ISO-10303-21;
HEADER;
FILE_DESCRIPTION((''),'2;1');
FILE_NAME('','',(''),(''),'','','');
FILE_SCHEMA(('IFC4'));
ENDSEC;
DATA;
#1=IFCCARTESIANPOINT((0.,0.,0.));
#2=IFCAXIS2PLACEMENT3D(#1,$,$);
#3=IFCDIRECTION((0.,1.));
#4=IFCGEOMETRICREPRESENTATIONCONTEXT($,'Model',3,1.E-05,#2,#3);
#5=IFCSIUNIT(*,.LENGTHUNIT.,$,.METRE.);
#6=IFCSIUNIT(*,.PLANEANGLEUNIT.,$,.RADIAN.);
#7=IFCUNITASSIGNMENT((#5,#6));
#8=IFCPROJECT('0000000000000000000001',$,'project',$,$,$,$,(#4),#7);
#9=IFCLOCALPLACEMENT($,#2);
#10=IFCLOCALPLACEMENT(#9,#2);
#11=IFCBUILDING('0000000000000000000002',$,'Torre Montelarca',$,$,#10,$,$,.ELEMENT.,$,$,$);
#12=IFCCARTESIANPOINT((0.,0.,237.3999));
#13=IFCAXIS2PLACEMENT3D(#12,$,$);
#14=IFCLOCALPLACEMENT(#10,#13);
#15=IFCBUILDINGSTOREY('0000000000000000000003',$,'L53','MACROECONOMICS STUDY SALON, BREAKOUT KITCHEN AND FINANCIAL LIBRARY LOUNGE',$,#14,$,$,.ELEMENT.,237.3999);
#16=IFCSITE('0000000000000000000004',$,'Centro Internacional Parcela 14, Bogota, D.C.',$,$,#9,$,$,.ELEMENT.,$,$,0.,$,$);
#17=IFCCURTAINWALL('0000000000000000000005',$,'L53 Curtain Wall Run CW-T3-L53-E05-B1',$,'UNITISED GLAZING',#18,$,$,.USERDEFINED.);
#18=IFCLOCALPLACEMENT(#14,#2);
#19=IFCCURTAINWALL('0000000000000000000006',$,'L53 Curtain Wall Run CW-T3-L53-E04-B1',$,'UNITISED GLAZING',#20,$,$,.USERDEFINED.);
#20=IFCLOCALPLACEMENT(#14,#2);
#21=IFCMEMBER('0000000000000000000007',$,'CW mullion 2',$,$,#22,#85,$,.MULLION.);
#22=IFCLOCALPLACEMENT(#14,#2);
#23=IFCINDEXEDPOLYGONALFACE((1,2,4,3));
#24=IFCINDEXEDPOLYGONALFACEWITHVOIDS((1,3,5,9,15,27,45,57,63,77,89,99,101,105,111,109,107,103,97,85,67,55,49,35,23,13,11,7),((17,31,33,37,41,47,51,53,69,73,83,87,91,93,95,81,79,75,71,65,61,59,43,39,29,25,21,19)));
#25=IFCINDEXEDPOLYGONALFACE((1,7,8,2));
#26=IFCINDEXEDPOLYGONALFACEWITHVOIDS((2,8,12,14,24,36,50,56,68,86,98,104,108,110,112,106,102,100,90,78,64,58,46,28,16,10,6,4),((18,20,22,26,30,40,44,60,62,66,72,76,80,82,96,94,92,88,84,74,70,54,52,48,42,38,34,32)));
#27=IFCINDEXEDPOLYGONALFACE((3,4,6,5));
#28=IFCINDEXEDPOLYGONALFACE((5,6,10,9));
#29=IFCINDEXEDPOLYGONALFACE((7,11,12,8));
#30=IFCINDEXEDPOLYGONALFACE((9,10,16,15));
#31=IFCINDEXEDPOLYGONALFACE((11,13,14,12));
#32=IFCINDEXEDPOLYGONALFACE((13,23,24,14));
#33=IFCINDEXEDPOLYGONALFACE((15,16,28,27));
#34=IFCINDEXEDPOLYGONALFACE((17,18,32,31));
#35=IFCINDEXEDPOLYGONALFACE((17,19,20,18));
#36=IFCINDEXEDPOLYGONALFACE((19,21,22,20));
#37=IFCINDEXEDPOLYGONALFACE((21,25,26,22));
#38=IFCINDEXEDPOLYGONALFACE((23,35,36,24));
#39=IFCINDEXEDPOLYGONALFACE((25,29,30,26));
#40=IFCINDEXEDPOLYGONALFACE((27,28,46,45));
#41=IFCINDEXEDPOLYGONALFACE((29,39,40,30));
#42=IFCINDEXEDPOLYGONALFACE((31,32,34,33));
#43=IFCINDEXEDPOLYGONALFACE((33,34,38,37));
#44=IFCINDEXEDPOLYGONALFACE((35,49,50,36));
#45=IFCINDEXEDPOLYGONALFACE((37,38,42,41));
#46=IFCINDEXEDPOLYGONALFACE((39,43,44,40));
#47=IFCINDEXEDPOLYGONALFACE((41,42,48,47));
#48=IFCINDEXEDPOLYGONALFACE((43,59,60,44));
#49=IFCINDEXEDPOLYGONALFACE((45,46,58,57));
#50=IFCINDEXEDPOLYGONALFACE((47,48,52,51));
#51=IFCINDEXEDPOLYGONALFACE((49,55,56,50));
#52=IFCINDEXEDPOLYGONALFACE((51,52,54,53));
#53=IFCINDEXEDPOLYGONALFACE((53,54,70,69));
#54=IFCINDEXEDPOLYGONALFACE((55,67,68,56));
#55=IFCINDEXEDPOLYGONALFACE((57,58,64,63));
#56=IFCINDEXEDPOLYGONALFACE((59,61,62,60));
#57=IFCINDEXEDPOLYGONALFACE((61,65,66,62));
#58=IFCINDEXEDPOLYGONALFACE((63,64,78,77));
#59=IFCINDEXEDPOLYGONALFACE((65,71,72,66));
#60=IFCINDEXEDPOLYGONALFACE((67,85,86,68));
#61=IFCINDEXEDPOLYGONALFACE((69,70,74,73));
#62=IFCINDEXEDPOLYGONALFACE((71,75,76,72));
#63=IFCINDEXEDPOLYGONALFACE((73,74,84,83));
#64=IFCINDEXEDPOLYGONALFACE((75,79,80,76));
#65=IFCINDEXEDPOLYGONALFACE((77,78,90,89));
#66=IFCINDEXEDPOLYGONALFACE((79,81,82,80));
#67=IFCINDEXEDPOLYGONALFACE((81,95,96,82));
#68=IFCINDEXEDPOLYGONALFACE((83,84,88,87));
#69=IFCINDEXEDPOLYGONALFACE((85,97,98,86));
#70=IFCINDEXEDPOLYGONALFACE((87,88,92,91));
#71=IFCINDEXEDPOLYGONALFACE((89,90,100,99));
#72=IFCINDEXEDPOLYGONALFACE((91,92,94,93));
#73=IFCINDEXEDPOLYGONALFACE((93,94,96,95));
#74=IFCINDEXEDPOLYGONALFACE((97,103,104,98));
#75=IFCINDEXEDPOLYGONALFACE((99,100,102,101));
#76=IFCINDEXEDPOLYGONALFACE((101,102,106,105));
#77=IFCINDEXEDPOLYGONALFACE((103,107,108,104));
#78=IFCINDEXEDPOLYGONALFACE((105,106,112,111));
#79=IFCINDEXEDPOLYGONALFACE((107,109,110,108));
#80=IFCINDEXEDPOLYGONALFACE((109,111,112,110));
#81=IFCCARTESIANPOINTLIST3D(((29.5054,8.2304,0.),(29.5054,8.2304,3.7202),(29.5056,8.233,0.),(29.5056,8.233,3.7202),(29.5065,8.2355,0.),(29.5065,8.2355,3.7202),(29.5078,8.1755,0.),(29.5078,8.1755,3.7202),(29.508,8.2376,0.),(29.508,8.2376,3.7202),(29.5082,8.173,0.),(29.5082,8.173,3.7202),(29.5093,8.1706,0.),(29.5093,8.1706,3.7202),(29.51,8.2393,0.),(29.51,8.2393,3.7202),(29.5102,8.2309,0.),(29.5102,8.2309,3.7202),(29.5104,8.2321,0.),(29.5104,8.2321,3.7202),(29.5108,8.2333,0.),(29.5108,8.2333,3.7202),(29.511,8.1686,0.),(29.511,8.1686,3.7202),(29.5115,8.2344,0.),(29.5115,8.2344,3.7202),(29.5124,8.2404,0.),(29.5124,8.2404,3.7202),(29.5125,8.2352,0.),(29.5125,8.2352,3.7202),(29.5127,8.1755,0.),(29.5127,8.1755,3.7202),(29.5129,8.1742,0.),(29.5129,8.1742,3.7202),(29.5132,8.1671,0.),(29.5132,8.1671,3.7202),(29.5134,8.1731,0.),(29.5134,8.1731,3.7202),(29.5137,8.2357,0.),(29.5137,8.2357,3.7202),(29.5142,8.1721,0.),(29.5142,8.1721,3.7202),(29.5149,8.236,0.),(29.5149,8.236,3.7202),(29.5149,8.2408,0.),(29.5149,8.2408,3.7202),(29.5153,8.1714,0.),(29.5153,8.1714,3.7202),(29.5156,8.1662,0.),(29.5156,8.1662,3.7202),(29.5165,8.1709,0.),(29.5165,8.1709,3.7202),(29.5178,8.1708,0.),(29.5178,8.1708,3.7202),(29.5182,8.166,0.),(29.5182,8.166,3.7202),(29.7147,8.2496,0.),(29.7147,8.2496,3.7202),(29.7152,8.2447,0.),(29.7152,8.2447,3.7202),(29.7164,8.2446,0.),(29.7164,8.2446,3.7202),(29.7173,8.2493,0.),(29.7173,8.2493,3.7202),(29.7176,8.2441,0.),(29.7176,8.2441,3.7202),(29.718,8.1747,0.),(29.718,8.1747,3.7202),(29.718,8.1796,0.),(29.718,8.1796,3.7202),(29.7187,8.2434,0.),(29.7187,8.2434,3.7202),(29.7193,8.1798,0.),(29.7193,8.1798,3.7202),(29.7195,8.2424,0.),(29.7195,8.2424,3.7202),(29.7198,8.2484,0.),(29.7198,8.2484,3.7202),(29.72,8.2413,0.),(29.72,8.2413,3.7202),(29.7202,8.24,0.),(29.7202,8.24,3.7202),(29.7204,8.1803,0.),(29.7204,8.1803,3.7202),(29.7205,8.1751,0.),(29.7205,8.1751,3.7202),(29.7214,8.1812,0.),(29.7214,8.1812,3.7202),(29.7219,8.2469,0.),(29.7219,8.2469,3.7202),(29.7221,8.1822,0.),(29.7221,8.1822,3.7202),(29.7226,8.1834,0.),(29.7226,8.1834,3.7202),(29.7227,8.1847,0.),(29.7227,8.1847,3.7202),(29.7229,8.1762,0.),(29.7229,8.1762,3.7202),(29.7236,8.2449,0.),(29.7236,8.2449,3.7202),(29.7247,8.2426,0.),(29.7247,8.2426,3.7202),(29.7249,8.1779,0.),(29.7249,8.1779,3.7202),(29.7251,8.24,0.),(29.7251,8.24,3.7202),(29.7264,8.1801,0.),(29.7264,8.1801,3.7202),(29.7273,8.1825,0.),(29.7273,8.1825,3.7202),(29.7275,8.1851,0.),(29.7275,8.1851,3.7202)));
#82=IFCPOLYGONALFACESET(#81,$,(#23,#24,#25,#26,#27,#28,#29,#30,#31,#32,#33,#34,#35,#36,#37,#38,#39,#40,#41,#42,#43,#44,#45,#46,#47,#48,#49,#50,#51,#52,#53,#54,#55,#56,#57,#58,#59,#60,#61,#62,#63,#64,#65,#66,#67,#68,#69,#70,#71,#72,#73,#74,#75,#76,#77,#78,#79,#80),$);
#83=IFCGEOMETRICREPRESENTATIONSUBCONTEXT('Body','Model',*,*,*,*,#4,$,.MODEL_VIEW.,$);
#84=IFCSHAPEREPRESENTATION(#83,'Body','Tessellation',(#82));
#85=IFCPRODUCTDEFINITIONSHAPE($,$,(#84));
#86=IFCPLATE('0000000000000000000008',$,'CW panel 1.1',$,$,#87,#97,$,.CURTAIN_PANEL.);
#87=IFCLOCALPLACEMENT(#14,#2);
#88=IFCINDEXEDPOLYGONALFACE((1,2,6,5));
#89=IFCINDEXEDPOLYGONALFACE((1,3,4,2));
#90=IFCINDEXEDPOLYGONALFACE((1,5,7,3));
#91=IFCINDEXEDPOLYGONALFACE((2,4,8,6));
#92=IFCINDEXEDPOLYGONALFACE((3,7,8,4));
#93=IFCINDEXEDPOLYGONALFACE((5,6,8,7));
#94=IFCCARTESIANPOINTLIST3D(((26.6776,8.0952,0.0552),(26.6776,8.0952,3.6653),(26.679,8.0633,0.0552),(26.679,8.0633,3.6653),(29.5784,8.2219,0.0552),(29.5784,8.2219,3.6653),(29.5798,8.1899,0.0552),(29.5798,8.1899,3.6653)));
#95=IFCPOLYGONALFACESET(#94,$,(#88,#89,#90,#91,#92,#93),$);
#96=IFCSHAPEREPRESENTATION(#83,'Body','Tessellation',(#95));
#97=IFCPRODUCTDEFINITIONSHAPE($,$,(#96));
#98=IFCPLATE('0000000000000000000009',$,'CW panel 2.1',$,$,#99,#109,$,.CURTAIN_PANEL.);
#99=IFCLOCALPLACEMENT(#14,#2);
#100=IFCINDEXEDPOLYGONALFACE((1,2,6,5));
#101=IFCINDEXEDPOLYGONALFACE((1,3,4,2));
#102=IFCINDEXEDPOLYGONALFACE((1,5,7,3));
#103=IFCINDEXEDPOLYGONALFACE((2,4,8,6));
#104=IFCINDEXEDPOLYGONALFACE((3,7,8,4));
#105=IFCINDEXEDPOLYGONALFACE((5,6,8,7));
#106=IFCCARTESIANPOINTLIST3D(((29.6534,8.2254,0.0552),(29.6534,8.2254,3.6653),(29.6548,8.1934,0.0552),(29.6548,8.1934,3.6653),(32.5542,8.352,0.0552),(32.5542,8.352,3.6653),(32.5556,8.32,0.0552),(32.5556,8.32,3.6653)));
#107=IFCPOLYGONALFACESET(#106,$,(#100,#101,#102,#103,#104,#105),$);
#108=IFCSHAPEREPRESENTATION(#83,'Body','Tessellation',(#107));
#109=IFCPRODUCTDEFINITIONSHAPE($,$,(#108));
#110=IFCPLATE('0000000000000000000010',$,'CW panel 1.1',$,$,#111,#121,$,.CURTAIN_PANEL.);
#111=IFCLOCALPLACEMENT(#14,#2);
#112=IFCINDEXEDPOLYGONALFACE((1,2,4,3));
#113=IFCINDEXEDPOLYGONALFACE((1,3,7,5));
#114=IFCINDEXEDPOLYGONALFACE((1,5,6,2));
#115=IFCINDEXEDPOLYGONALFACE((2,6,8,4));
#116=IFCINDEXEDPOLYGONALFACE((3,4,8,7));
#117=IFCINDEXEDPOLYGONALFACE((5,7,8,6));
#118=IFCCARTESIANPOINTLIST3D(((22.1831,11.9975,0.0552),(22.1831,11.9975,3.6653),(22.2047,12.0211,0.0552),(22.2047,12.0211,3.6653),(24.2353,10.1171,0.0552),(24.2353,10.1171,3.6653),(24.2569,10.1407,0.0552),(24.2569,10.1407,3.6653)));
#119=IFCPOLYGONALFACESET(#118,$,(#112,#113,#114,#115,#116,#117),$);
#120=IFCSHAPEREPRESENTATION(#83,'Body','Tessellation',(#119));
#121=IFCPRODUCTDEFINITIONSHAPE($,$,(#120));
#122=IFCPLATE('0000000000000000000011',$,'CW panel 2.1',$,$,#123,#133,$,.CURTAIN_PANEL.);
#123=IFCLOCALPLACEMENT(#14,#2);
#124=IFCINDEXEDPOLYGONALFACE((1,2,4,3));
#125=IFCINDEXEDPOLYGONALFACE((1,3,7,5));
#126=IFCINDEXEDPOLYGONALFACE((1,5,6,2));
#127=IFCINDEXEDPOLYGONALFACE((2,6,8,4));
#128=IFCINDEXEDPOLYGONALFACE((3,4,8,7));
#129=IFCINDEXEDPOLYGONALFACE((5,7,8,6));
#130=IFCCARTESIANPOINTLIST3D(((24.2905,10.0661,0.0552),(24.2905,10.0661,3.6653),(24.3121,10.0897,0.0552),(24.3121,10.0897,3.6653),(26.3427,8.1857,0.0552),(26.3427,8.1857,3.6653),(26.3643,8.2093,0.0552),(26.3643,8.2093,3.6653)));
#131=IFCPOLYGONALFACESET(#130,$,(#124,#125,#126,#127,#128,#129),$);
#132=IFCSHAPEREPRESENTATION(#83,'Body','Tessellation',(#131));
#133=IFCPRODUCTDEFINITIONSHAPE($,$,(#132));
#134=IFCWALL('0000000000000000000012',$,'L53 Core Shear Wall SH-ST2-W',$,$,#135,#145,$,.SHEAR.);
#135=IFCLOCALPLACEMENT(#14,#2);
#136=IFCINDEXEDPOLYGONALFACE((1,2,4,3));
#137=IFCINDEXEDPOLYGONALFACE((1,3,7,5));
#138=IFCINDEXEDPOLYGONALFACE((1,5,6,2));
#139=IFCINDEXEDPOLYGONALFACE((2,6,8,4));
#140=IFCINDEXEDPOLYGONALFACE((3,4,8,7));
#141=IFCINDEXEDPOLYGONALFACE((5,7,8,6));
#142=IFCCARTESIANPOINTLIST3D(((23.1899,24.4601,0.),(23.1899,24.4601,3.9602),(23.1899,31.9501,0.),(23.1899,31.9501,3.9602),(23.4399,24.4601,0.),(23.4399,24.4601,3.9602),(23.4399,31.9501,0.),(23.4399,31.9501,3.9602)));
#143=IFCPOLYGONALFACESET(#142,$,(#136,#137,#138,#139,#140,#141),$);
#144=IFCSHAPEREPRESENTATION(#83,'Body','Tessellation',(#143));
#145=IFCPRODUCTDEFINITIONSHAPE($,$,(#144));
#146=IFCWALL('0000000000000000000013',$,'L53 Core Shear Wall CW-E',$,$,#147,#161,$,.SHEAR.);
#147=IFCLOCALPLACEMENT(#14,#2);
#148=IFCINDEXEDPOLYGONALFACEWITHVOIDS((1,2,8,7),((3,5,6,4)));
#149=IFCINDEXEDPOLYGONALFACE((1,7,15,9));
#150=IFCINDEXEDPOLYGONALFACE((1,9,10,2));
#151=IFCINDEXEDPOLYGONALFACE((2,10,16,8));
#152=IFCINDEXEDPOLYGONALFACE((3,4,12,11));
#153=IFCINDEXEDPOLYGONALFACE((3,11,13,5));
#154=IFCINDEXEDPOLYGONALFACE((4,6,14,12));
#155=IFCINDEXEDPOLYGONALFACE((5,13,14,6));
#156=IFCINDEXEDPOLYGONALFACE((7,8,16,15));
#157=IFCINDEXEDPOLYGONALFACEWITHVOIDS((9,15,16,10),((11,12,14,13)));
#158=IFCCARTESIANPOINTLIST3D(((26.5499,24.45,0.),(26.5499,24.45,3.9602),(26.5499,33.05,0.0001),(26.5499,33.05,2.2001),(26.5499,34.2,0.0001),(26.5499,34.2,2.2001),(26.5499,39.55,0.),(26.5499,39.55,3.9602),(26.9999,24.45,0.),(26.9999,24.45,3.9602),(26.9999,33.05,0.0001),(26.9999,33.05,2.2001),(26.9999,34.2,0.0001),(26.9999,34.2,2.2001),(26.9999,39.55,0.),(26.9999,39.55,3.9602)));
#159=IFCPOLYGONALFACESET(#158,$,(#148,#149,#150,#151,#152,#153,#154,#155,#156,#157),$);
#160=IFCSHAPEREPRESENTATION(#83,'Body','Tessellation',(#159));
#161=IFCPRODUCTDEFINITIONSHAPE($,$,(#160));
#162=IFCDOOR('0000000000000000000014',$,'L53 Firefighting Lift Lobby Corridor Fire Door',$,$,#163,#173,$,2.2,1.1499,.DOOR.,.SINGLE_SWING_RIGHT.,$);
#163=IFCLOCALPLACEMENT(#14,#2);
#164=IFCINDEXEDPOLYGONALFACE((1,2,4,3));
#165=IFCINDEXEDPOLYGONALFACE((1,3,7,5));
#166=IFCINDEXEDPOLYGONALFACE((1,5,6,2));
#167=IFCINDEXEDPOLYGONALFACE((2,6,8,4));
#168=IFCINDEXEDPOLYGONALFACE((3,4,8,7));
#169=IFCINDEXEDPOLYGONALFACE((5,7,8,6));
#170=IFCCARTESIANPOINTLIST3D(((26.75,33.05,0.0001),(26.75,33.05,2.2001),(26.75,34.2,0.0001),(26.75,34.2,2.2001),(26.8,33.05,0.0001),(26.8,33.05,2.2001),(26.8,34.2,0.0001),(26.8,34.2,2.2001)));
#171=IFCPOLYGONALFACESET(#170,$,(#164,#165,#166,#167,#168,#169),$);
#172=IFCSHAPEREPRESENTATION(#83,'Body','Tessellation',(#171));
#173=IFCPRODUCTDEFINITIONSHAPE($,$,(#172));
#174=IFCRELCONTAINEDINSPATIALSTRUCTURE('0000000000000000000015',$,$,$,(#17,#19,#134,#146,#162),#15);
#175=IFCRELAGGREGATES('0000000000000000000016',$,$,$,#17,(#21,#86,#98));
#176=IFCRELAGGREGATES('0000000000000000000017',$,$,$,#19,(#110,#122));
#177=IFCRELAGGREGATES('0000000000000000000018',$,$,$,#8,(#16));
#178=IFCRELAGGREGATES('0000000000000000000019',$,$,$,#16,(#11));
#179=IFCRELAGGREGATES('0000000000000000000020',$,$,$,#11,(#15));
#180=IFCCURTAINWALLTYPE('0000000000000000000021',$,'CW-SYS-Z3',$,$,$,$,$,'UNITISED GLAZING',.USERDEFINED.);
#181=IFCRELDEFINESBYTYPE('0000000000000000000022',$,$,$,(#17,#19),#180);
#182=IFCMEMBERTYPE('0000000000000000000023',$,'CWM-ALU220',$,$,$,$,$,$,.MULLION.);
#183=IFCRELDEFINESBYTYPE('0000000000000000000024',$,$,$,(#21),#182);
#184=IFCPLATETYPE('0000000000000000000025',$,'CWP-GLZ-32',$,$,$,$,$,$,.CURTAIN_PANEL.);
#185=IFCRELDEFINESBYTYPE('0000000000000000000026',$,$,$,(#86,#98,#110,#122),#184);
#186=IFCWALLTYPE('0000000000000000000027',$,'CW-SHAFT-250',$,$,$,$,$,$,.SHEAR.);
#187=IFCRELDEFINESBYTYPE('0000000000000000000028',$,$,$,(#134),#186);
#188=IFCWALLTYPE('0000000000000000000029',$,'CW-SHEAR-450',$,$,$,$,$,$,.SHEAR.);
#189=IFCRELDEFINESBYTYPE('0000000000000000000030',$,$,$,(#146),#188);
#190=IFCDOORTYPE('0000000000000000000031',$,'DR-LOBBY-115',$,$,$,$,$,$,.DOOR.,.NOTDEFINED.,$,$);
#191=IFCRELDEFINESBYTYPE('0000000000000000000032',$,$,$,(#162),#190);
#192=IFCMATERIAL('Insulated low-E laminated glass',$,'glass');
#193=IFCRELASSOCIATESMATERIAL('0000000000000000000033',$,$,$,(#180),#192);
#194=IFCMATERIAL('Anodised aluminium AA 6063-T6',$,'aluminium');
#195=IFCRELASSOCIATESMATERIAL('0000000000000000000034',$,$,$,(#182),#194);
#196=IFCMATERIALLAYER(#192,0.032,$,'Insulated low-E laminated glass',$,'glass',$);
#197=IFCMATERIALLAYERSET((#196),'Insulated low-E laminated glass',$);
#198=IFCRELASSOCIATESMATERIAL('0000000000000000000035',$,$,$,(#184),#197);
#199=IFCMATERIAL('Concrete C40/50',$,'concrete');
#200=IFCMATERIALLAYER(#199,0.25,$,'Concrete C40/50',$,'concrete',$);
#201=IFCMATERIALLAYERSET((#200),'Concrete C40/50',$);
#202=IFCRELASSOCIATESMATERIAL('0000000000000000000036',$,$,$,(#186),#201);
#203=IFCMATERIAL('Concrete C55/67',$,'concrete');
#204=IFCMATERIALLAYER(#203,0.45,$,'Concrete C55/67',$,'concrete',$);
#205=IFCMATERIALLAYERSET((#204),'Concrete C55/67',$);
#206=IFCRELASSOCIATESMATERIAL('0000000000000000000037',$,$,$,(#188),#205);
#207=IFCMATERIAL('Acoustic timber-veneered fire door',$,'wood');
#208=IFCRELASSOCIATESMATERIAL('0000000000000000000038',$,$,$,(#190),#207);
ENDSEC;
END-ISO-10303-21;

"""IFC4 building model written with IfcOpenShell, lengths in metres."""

from ifc_helpers import new_model, si_unit, direction, frame, frame_2d, origin, origin_2d, place, context, subcontext, project, spatial, rectangle, hollow_rectangle, extrude, source, transform, mapped, material, layer, layer_set, material_profile, profile_set, type_object, element, fill, aggregate, save


model = new_model("IFC4")

# Units and contexts
model_context = context("Model", 3, precision=1e-05, world=origin(), true_north=direction((0.0, 1.0)))
body_context = subcontext(model_context, "Body", "Model", "MODEL_VIEW")
ifc_project = project(units=[si_unit("LENGTHUNIT", "METRE"), si_unit("PLANEANGLEUNIT", "RADIAN")], contexts=[model_context])

# Site, building, storey
site_placement = place(None, origin())
site = spatial("IfcSite", under=ifc_project, at=site_placement, Name="Centro Internacional Parcela 14, Bogota, D.C.", CompositionType="ELEMENT", RefElevation=0.0)
building_placement = place(site_placement, origin())
building = spatial("IfcBuilding", under=site, at=building_placement, Name="Torre Montelarca", CompositionType="ELEMENT")
storey_placement = place(building_placement, frame((0.0, 0.0, 237.3999)))
storey = spatial("IfcBuildingStorey", under=building, at=storey_placement, Name="L53", Description="MACROECONOMICS STUDY SALON, BREAKOUT KITCHEN AND FINANCIAL LIBRARY LOUNGE", CompositionType="ELEMENT", Elevation=237.3999)

# Shared definitions
ifc_material_1 = material(Name="Concrete C55/67", Category="concrete")

# Curtain walls
ifc_material_2 = material(Name="Insulated low-E laminated glass", Category="glass")
curtain_wall_type = type_object("IfcCurtainWallType", Name="CW-SYS-Z3", ElementType="UNITISED GLAZING", PredefinedType="USERDEFINED", material=ifc_material_2)
curtain_wall_1_placement = place(storey_placement, origin())
curtain_wall_1 = element("IfcCurtainWall", 1, at=curtain_wall_1_placement, inside=storey, type_object=curtain_wall_type, Name="L53 Curtain Wall Run CW-T3-L53-E05-B1", ObjectType="UNITISED GLAZING", PredefinedType="USERDEFINED")
ifc_material_3 = material(Name="Anodised aluminium AA 6063-T6", Category="aluminium")
curtain_wall_2_placement = place(storey_placement, origin())
curtain_wall_2 = element("IfcCurtainWall", 2, at=curtain_wall_2_placement, inside=storey, type_object=curtain_wall_type, Name="L53 Curtain Wall Run CW-T3-L53-E04-B1", ObjectType="UNITISED GLAZING", PredefinedType="USERDEFINED")

# Shared definitions
ifc_material_profile_1 = material_profile(ifc_material_3, hollow_rectangle(XDim=0.075, YDim=0.22, WallThickness=0.0049, InnerFilletRadius=0.0049, OuterFilletRadius=0.01, at=origin_2d()), Name="ALU75X220X5", Category="aluminium")
ifc_profile_set_1 = profile_set([ifc_material_profile_1], Name="Anodised aluminium AA 6063-T6")
member_type_1 = type_object("IfcMemberType", Name="CWM-ALU220", PredefinedType="MULLION", material=ifc_profile_set_1)
shared_shape_1 = source(origin(), body_context, "Body", "SweptSolid", [
    extrude(hollow_rectangle(XDim=0.075, YDim=0.22, WallThickness=0.0049, InnerFilletRadius=0.0049, OuterFilletRadius=0.01, at=origin_2d()), origin(), (0.0, 0.0, 1.0), 3.7202),
])

# Member
member_1_placement = place(storey_placement, frame((29.6165, 8.2078, 0.0), z_axis=(0.0, 0.0, 1.0), x_axis=(-0.043616, 0.999048, 0.0)))
member_1 = element("IfcMember", 3, at=member_1_placement, type_object=member_type_1, Name="CW mullion 2", PredefinedType="MULLION", context=body_context, shape_type="MappedRepresentation", body=[
    mapped(shared_shape_1, transform((0.0, 0.0, 0.0), scale=1.0)),
])

# Plates
ifc_layer_1 = layer(ifc_material_2, 0.032, Name="Insulated low-E laminated glass", Category="glass")
ifc_layer_set_1 = layer_set([ifc_layer_1], Name="Insulated low-E laminated glass")
plate_type = type_object("IfcPlateType", Name="CWP-GLZ-32", PredefinedType="CURTAIN_PANEL", material=ifc_layer_set_1)
shared_shape_2 = source(origin(), body_context, "Body", "SweptSolid", [
    extrude(rectangle(XDim=2.9036, YDim=0.032, at=origin_2d()), origin(), (0.0, 0.0, 1.0), 3.6101),
])
plate_1_placement = place(storey_placement, frame((28.1287, 8.1426, 0.0552), z_axis=(0.0, 0.0, 1.0), x_axis=(0.999048, 0.043616, 0.0)))
plate_1 = element("IfcPlate", 4, at=plate_1_placement, type_object=plate_type, Name="CW panel 1.1", PredefinedType="CURTAIN_PANEL", context=body_context, shape_type="MappedRepresentation", body=[
    mapped(shared_shape_2, transform((0.0, 0.0, 0.0), scale=1.0)),
])
plate_2_placement = place(storey_placement, frame((31.1045, 8.2727, 0.0552), z_axis=(0.0, 0.0, 1.0), x_axis=(0.999048, 0.043616, 0.0)))
plate_2 = element("IfcPlate", 5, at=plate_2_placement, type_object=plate_type, Name="CW panel 2.1", PredefinedType="CURTAIN_PANEL", context=body_context, shape_type="MappedRepresentation", body=[
    mapped(shared_shape_2, transform((0.0, 0.0, 0.0), scale=1.0)),
])
aggregate(curtain_wall_1, [member_1, plate_1, plate_2])
shared_shape_3 = source(origin(), body_context, "Body", "SweptSolid", [
    extrude(rectangle(XDim=2.7834, YDim=0.032, at=origin_2d()), origin(), (0.0, 0.0, 1.0), 3.6101),
])
plate_3_placement = place(storey_placement, frame((23.22, 11.0691, 0.0552), z_axis=(0.0, 0.0, 1.0), x_axis=(0.737294, -0.675572, 0.0)))
plate_3 = element("IfcPlate", 6, at=plate_3_placement, type_object=plate_type, Name="CW panel 1.1", PredefinedType="CURTAIN_PANEL", context=body_context, shape_type="MappedRepresentation", body=[
    mapped(shared_shape_3, transform((0.0, 0.0, 0.0), scale=1.0)),
])
plate_4_placement = place(storey_placement, frame((25.3274, 9.1377, 0.0552), z_axis=(0.0, 0.0, 1.0), x_axis=(0.737294, -0.675572, 0.0)))
plate_4 = element("IfcPlate", 7, at=plate_4_placement, type_object=plate_type, Name="CW panel 2.1", PredefinedType="CURTAIN_PANEL", context=body_context, shape_type="MappedRepresentation", body=[
    mapped(shared_shape_3, transform((0.0, 0.0, 0.0), scale=1.0)),
])
aggregate(curtain_wall_2, [plate_3, plate_4])

# Wall
ifc_material_4 = material(Name="Concrete C40/50", Category="concrete")
ifc_layer_2 = layer(ifc_material_4, 0.25, Name="Concrete C40/50", Category="concrete")
ifc_layer_set_2 = layer_set([ifc_layer_2], Name="Concrete C40/50")
wall_type_1 = type_object("IfcWallType", Name="CW-SHAFT-250", PredefinedType="SHEAR", material=ifc_layer_set_2)
wall_1_placement = place(storey_placement, frame((23.3149, 24.46, 0.0), z_axis=(0.0, 0.0, 1.0), x_axis=(0.0, 1.0, 0.0)))
element("IfcWall", 8, at=wall_1_placement, inside=storey, type_object=wall_type_1, Name="L53 Core Shear Wall SH-ST2-W", PredefinedType="SHEAR", context=body_context, shape_type="SweptSolid", body=[
    extrude(rectangle(XDim=7.49, YDim=0.25, at=frame_2d((3.7451, 0.0))), origin(), (0.0, 0.0, 1.0), 3.9602),
])

# Wall, opening, door
ifc_layer_3 = layer(ifc_material_1, 0.45, Name="Concrete C55/67", Category="concrete")
ifc_layer_set_3 = layer_set([ifc_layer_3], Name="Concrete C55/67")
wall_type_2 = type_object("IfcWallType", Name="CW-SHEAR-450", PredefinedType="SHEAR", material=ifc_layer_set_3)
wall_2_placement = place(storey_placement, frame((26.7749, 24.45, 0.0), z_axis=(0.0, 0.0, 1.0), x_axis=(0.0, 1.0, 0.0)))
wall_2 = element("IfcWall", 9, at=wall_2_placement, inside=storey, type_object=wall_type_2, Name="L53 Core Shear Wall CW-E", PredefinedType="SHEAR", context=body_context, shape_type="SweptSolid", body=[
    extrude(rectangle(XDim=15.1001, YDim=0.45, at=frame_2d((7.55, 0.0))), origin(), (0.0, 0.0, 1.0), 3.9602),
])
opening_1_placement = place(wall_2_placement, frame((8.6001, 0.0, 0.0)))
opening_1 = element("IfcOpeningElement", 10, at=opening_1_placement, cuts=wall_2, PredefinedType="OPENING", context=body_context, shape_type="SweptSolid", body=[
    extrude(rectangle(XDim=1.1499, YDim=2.2, at=frame_2d((0.575, 1.1001))), frame((0.0, 0.2349, 0.0), z_axis=(0.0, -1.0, 0.0), x_axis=(1.0, 0.0, 0.0)), (0.0, 0.0, 1.0), 0.47),
])
ifc_material_5 = material(Name="Acoustic timber-veneered fire door", Category="wood")
door_type_1 = type_object("IfcDoorType", Name="DR-LOBBY-115", OperationType="NOTDEFINED", PredefinedType="DOOR", material=ifc_material_5)
shared_shape_4 = source(origin(), body_context, "Body", "SweptSolid", [
    extrude(rectangle(XDim=1.1499, YDim=2.2, at=frame_2d((0.575, 1.1001))), frame((0.0, 0.0249, 0.0), z_axis=(0.0, -1.0, 0.0), x_axis=(1.0, 0.0, 0.0)), (0.0, 0.0, 1.0), 0.05),
])
door_1_placement = place(opening_1_placement, origin())
door_1 = element("IfcDoor", 11, at=door_1_placement, inside=storey, type_object=door_type_1, Name="L53 Firefighting Lift Lobby Corridor Fire Door", OperationType="SINGLE_SWING_RIGHT", OverallHeight=2.2, OverallWidth=1.1499, PredefinedType="DOOR", context=body_context, shape_type="MappedRepresentation", body=[
    mapped(shared_shape_4, transform((0.0, 0.0, 0.0), scale=1.0)),
])
fill(opening_1, door_1)

save(model, "model.ifc")
